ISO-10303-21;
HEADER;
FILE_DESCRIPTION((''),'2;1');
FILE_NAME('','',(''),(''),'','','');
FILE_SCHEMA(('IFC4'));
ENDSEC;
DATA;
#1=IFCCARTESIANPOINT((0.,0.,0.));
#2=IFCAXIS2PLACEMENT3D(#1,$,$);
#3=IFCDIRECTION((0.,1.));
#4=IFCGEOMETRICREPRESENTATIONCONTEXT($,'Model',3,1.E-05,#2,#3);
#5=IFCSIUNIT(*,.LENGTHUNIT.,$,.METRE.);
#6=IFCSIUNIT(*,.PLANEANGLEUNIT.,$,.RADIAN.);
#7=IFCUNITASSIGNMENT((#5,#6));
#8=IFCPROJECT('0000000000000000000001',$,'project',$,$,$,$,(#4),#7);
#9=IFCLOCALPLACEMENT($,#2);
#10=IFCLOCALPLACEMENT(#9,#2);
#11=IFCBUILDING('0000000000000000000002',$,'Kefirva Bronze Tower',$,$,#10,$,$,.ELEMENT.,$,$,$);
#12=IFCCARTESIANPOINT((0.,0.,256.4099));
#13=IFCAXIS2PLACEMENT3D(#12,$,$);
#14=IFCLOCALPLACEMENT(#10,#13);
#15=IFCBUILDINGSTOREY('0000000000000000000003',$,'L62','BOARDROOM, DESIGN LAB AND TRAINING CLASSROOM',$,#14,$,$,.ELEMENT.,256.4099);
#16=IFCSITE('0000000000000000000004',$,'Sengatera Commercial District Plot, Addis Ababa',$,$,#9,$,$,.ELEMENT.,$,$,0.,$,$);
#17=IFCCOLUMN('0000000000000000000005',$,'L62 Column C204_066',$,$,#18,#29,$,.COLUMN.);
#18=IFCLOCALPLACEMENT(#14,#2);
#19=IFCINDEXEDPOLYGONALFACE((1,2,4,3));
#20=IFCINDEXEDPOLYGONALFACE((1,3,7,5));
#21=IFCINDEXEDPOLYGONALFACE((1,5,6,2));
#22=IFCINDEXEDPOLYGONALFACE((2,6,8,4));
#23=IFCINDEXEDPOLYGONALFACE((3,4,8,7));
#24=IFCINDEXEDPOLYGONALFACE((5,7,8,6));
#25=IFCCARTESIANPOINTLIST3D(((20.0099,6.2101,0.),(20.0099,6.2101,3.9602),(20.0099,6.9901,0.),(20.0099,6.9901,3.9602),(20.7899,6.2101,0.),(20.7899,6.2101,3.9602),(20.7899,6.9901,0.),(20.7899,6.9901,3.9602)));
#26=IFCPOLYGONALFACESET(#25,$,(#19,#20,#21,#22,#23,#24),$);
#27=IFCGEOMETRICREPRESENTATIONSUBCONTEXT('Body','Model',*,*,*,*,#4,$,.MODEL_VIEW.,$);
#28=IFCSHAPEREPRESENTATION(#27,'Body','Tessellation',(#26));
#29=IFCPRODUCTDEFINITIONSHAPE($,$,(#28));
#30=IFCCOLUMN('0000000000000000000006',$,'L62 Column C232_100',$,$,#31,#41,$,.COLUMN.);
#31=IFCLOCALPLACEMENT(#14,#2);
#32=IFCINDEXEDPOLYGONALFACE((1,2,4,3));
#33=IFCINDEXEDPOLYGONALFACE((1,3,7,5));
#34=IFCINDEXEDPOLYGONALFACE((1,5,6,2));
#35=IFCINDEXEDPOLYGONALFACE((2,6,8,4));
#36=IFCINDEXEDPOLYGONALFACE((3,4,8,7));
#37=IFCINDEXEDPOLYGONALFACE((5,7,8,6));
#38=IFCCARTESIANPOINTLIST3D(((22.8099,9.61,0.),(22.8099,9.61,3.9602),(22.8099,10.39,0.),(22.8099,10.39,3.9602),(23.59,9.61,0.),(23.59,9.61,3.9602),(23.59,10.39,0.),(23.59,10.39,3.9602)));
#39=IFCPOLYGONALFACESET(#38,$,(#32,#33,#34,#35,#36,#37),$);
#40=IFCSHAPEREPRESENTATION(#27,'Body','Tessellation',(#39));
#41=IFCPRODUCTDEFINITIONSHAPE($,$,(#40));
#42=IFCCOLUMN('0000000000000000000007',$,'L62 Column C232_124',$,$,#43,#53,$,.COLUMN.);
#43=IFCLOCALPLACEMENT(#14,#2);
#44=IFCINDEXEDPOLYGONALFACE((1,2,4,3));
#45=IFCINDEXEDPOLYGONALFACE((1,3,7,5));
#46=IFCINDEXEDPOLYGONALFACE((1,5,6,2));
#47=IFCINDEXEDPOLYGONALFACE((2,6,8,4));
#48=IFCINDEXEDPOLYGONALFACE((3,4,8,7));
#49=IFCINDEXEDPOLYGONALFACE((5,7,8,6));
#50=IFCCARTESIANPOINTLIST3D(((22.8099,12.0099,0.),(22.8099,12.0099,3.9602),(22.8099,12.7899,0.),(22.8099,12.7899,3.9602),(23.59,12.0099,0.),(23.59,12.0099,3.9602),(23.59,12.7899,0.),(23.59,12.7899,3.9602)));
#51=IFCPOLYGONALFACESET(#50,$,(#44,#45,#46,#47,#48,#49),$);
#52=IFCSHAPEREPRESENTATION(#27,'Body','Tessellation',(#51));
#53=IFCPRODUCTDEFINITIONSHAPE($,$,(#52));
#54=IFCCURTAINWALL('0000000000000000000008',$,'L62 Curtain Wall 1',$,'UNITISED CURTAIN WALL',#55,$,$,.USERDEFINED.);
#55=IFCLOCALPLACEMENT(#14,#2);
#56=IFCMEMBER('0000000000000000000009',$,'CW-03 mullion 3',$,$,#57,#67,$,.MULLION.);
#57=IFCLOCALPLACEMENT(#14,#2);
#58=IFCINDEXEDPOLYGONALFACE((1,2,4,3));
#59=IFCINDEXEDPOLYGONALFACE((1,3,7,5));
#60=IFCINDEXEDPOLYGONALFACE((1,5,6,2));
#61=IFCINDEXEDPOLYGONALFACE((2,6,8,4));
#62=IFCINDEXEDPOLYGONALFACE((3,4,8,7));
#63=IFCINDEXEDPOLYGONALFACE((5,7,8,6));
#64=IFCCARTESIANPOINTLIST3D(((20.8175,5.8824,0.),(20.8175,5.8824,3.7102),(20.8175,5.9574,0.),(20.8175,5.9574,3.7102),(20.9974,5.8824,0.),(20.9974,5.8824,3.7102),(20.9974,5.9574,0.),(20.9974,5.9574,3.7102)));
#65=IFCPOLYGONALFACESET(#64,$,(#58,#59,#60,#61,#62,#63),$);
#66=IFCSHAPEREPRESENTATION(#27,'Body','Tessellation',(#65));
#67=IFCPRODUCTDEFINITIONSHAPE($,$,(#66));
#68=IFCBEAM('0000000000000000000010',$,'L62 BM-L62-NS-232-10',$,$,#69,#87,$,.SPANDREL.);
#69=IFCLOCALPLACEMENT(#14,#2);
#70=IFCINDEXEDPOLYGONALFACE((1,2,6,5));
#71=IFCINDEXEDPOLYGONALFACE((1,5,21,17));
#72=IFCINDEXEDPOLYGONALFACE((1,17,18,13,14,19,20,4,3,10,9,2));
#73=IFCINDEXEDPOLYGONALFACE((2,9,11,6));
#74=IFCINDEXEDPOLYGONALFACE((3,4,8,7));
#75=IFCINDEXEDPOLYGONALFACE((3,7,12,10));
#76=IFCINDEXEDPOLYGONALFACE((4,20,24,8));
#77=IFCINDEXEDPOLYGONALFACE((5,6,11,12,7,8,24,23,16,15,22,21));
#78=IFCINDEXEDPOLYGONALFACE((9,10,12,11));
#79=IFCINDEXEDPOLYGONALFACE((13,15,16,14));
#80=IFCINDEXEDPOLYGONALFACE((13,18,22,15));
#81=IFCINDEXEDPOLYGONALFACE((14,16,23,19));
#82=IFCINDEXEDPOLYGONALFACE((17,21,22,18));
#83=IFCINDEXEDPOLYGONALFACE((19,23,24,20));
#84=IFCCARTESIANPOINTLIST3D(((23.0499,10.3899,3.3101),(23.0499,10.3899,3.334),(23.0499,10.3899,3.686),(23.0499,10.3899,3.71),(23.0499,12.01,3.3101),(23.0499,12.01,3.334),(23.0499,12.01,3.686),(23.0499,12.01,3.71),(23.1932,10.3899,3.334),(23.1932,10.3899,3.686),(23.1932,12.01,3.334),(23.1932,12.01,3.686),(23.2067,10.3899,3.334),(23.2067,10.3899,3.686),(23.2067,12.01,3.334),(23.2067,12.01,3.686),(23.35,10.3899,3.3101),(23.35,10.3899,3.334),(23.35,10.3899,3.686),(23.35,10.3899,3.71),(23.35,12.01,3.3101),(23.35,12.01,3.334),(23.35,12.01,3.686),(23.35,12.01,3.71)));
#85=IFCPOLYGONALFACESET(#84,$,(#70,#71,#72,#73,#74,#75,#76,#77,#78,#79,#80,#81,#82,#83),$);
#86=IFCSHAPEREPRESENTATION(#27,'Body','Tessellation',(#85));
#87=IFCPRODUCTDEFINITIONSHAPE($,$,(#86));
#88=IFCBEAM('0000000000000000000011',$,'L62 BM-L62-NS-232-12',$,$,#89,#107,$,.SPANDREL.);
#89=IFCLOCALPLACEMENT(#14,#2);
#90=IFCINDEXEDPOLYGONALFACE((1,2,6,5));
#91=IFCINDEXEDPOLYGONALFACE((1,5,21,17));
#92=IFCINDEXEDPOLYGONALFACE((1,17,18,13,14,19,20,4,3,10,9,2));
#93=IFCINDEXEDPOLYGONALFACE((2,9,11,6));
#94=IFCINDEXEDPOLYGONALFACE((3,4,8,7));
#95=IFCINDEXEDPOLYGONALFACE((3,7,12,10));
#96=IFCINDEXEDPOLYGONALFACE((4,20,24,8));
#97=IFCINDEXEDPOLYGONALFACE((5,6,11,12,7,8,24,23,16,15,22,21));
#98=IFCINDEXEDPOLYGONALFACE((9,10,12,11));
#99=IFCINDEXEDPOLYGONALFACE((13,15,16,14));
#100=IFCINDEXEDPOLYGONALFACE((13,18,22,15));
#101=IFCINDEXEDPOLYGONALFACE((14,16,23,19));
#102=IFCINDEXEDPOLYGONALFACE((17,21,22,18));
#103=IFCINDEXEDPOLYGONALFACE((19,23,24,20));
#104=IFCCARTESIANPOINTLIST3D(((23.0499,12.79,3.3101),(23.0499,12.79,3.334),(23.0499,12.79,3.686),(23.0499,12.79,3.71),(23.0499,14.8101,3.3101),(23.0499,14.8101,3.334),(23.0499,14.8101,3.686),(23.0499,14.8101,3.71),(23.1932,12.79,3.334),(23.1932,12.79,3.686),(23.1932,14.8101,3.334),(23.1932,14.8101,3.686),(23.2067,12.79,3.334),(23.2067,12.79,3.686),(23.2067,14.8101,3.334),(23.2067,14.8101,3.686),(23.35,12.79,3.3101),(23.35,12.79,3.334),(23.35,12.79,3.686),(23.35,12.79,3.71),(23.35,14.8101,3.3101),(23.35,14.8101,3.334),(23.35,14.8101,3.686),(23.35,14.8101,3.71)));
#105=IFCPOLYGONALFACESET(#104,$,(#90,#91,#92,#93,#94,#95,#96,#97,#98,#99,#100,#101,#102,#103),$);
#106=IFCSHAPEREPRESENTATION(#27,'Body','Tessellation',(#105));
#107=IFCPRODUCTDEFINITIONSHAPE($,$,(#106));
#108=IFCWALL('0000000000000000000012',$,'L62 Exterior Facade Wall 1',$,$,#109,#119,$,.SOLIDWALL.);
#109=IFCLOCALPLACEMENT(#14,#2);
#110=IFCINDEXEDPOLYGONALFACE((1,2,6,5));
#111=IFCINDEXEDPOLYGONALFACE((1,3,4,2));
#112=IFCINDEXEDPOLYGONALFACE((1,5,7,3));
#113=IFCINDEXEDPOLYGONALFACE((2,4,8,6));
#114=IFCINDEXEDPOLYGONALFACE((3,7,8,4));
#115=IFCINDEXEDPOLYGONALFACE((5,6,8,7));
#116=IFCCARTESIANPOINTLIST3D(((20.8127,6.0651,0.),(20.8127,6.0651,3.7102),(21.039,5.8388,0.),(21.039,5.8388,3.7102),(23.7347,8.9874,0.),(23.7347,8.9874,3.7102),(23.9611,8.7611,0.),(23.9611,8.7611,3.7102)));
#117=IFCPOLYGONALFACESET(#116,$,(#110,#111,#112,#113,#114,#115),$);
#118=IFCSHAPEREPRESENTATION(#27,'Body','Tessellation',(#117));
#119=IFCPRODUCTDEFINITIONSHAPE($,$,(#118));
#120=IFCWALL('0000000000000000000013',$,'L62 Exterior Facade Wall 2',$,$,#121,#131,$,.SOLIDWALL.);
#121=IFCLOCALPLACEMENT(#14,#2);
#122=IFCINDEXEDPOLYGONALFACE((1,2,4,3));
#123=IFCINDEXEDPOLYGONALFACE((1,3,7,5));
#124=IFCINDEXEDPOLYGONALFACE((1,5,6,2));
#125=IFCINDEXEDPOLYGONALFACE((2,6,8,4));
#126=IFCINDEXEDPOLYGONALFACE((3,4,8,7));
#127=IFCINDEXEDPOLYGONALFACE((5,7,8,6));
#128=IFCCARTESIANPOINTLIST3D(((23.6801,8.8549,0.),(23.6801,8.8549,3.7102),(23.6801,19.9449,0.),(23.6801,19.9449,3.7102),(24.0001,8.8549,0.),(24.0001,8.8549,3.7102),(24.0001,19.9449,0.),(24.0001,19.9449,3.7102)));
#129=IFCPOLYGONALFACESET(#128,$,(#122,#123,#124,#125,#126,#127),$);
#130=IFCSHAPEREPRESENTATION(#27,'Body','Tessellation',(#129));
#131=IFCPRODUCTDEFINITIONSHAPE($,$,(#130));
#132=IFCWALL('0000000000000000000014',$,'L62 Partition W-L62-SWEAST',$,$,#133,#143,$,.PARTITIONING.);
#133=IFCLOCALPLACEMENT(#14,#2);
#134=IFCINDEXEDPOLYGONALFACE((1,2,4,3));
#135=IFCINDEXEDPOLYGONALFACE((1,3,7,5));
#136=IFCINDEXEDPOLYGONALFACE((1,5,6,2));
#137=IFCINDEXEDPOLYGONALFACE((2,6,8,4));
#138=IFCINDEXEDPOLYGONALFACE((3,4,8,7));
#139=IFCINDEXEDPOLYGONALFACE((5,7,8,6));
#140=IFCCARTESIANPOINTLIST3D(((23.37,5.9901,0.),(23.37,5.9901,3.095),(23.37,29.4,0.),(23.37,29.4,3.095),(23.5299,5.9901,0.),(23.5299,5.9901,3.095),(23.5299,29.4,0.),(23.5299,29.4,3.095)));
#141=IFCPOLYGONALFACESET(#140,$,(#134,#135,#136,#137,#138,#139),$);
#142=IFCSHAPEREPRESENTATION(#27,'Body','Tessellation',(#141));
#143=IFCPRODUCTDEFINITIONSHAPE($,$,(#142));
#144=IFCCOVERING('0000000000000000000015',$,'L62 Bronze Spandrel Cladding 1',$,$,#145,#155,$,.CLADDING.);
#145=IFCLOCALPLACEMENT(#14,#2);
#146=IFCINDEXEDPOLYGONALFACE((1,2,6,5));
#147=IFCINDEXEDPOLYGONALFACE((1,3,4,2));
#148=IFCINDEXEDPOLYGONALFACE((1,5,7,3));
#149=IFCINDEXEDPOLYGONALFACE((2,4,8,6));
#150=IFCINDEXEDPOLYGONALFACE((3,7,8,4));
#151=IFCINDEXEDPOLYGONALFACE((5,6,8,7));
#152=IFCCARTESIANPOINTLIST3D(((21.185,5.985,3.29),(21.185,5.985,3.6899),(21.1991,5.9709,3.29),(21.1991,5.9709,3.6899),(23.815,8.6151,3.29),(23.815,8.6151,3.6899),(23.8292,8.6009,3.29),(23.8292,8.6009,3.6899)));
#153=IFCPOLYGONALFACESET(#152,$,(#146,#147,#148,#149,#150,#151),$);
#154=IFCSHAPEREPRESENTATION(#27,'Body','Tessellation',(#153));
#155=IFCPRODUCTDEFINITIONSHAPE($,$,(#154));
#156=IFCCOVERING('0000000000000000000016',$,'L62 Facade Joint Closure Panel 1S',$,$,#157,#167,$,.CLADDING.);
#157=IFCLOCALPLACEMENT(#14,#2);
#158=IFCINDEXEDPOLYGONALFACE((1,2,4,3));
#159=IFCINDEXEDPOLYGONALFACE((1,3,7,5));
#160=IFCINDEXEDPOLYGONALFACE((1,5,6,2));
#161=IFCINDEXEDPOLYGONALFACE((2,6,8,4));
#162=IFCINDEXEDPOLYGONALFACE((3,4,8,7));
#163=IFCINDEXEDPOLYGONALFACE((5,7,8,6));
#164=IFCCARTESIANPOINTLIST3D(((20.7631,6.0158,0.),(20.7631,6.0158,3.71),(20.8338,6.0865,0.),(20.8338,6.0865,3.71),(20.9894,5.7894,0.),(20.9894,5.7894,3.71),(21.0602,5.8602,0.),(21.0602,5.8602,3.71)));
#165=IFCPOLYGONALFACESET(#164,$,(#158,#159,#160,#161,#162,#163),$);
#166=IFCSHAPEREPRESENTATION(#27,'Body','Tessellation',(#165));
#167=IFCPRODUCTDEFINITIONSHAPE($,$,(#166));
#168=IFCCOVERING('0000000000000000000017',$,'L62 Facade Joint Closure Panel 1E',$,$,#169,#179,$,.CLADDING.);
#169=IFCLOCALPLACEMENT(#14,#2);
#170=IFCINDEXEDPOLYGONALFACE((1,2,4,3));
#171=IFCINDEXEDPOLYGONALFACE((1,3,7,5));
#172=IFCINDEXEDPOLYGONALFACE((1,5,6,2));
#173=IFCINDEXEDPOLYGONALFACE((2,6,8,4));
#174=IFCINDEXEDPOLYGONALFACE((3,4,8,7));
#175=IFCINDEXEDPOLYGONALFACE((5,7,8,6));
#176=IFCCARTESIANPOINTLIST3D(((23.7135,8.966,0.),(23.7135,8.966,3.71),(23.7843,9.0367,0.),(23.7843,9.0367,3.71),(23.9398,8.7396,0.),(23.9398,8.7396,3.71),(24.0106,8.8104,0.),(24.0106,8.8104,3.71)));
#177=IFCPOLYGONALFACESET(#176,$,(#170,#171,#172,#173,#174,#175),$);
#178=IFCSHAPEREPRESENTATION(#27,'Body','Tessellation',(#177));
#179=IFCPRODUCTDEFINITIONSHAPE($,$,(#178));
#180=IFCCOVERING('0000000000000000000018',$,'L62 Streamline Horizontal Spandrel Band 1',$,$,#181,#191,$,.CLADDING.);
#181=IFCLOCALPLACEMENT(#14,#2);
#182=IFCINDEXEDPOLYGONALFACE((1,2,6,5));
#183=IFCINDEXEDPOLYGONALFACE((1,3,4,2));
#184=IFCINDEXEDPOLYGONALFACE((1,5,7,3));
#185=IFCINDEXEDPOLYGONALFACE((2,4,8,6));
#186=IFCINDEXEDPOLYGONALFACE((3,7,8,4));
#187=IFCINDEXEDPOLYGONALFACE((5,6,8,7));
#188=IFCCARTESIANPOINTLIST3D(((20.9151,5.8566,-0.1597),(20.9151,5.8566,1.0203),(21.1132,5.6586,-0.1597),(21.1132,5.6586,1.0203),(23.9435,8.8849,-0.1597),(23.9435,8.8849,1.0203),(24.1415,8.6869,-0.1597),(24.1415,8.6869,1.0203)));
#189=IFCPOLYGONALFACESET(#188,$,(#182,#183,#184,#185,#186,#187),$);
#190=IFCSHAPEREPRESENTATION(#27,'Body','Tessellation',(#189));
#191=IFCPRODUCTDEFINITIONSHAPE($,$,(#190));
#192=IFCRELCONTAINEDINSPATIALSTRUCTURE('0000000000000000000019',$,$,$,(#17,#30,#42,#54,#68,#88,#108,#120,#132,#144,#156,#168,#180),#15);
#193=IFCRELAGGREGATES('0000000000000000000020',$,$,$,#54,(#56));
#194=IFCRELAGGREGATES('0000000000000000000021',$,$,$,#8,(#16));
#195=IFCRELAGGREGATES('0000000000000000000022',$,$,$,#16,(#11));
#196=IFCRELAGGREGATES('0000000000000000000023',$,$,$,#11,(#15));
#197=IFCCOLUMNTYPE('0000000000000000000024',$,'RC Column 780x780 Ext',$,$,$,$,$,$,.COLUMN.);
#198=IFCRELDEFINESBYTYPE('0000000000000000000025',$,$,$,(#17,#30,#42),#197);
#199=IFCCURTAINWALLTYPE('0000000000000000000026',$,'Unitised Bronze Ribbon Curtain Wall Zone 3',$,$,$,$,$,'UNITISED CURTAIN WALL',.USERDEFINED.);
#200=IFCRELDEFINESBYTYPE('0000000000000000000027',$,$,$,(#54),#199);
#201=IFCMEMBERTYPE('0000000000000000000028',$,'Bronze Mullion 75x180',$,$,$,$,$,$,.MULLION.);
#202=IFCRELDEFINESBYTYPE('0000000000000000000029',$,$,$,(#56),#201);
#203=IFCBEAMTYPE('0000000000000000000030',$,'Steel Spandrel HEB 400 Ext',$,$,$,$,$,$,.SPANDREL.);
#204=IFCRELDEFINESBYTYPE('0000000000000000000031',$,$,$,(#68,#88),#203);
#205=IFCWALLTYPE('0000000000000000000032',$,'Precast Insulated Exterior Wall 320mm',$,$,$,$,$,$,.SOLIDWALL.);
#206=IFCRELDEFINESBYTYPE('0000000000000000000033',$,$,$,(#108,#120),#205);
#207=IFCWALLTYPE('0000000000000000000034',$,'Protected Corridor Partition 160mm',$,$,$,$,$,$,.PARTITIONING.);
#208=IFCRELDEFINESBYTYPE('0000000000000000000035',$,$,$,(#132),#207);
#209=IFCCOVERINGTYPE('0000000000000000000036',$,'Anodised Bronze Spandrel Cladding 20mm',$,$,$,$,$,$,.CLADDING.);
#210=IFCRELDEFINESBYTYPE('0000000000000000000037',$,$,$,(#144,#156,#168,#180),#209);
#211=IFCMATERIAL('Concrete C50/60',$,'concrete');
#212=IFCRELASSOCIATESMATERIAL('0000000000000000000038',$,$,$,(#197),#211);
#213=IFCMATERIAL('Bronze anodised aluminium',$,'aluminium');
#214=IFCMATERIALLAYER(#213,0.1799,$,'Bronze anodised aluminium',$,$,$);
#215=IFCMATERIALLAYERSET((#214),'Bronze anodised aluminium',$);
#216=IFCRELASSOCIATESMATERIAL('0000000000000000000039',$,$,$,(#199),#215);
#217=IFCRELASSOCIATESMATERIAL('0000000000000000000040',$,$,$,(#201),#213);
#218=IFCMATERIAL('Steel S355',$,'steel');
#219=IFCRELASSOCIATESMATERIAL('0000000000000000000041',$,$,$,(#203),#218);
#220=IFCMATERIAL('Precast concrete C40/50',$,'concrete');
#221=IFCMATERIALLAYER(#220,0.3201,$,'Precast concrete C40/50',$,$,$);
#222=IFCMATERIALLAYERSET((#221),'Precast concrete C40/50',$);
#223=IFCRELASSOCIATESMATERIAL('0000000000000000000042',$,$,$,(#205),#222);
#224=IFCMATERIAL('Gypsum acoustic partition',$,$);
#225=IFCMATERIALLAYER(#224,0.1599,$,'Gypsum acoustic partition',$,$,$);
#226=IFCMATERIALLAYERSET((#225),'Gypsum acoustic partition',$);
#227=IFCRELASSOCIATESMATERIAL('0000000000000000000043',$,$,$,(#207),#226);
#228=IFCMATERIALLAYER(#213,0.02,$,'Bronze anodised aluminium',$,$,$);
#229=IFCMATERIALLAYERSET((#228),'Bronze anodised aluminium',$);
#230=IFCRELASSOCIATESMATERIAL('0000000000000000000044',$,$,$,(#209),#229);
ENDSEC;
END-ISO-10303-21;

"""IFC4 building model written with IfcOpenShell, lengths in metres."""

from ifc_helpers import new_model, si_unit, direction, frame, frame_2d, origin, origin_2d, place, context, subcontext, project, spatial, rectangle, i_section, extrude, material, layer, layer_set, material_profile, profile_set, type_object, element, aggregate, save


model = new_model("IFC4")

# Units and contexts
model_context = context("Model", 3, precision=1e-05, world=origin(), true_north=direction((0.0, 1.0)))
body_context = subcontext(model_context, "Body", "Model", "MODEL_VIEW")
ifc_project = project(units=[si_unit("LENGTHUNIT", "METRE"), si_unit("PLANEANGLEUNIT", "RADIAN")], contexts=[model_context])

# Site, building, storey
site_placement = place(None, origin())
site = spatial("IfcSite", under=ifc_project, at=site_placement, Name="Sengatera Commercial District Plot, Addis Ababa", CompositionType="ELEMENT", RefElevation=0.0)
building_placement = place(site_placement, origin())
building = spatial("IfcBuilding", under=site, at=building_placement, Name="Kefirva Bronze Tower", CompositionType="ELEMENT")
storey_placement = place(building_placement, frame((0.0, 0.0, 256.4099)))
storey = spatial("IfcBuildingStorey", under=building, at=storey_placement, Name="L62", Description="BOARDROOM, DESIGN LAB AND TRAINING CLASSROOM", CompositionType="ELEMENT", Elevation=256.4099)

# Columns
ifc_material_1 = material(Name="Concrete C50/60", Category="concrete")
ifc_material_profile_1 = material_profile(ifc_material_1, rectangle(XDim=0.78, YDim=0.78, at=origin_2d()), Name="RC 780x780")
ifc_profile_set_1 = profile_set([ifc_material_profile_1], Name="Concrete C50/60")
column_type = type_object("IfcColumnType", Name="RC Column 780x780 Ext", PredefinedType="COLUMN", material=ifc_profile_set_1)
for number, where, z_axis, x_axis, name in (
    (1, (20.3999, 6.6001, 0.0), (0.0, 0.0, 1.0), (1.0, 0.0, 0.0), "L62 Column C204_066"),
    (2, (23.2, 10.0, 0.0), (0.0, 0.0, 1.0), (1.0, 0.0, 0.0), "L62 Column C232_100"),
    (3, (23.2, 12.3999, 0.0), (0.0, 0.0, 1.0), (1.0, 0.0, 0.0), "L62 Column C232_124"),
):
    element("IfcColumn", number, at=place(storey_placement, frame(where, z_axis=z_axis, x_axis=x_axis)), inside=storey, type_object=column_type, Name=name, PredefinedType="COLUMN", context=body_context, shape_type="SweptSolid", body=[
        extrude(rectangle(XDim=0.78, YDim=0.78, at=origin_2d()), origin(), (0.0, 0.0, 1.0), 3.9602),
    ])

# Curtain wall, member
ifc_material_2 = material(Name="Bronze anodised aluminium", Category="aluminium")
ifc_layer_1 = layer(ifc_material_2, 0.1799, Name="Bronze anodised aluminium")
ifc_layer_set_1 = layer_set([ifc_layer_1], Name="Bronze anodised aluminium")
curtain_wall_type = type_object("IfcCurtainWallType", Name="Unitised Bronze Ribbon Curtain Wall Zone 3", ElementType="UNITISED CURTAIN WALL", PredefinedType="USERDEFINED", material=ifc_layer_set_1)
curtain_wall_placement = place(storey_placement, origin())
curtain_wall = element("IfcCurtainWall", 4, at=curtain_wall_placement, inside=storey, type_object=curtain_wall_type, Name="L62 Curtain Wall 1", ObjectType="UNITISED CURTAIN WALL", PredefinedType="USERDEFINED")
ifc_material_profile_2 = material_profile(ifc_material_2, rectangle(XDim=0.075, YDim=0.1799, at=origin_2d()), Name="ALU 75x180")
ifc_profile_set_2 = profile_set([ifc_material_profile_2], Name="Bronze anodised aluminium")
member_type = type_object("IfcMemberType", Name="Bronze Mullion 75x180", PredefinedType="MULLION", material=ifc_profile_set_2)
member_placement = place(storey_placement, frame((20.9075, 5.9199, 0.0), z_axis=(0.0, 0.0, 1.0), x_axis=(0.0, 1.0, 0.0)))
member = element("IfcMember", 5, at=member_placement, type_object=member_type, Name="CW-03 mullion 3", PredefinedType="MULLION", context=body_context, shape_type="SweptSolid", body=[
    extrude(rectangle(XDim=0.075, YDim=0.1799, at=origin_2d()), origin(), (0.0, 0.0, 1.0), 3.7102),
])
aggregate(curtain_wall, [member])

# Beams
ifc_material_3 = material(Name="Steel S355", Category="steel")
ifc_material_profile_3 = material_profile(ifc_material_3, i_section(OverallWidth=0.3, OverallDepth=0.3999, WebThickness=0.0134, FlangeThickness=0.0239, at=origin_2d()), Name="HEB 400")
ifc_profile_set_3 = profile_set([ifc_material_profile_3], Name="Steel S355")
beam_type = type_object("IfcBeamType", Name="Steel Spandrel HEB 400 Ext", PredefinedType="SPANDREL", material=ifc_profile_set_3)
beam_1_placement = place(storey_placement, frame((23.2, 10.3899, 3.51), z_axis=(0.0, 1.0, 0.0), x_axis=(-1.0, 0.0, 0.0)))
element("IfcBeam", 6, at=beam_1_placement, inside=storey, type_object=beam_type, Name="L62 BM-L62-NS-232-10", PredefinedType="SPANDREL", context=body_context, shape_type="SweptSolid", body=[
    extrude(i_section(OverallWidth=0.3, OverallDepth=0.3999, WebThickness=0.0134, FlangeThickness=0.0239, at=origin_2d()), origin(), (0.0, 0.0, 1.0), 1.6201),
])
beam_2_placement = place(storey_placement, frame((23.2, 12.79, 3.51), z_axis=(0.0, 1.0, 0.0), x_axis=(-1.0, 0.0, 0.0)))
element("IfcBeam", 7, at=beam_2_placement, inside=storey, type_object=beam_type, Name="L62 BM-L62-NS-232-12", PredefinedType="SPANDREL", context=body_context, shape_type="SweptSolid", body=[
    extrude(i_section(OverallWidth=0.3, OverallDepth=0.3999, WebThickness=0.0134, FlangeThickness=0.0239, at=origin_2d()), origin(), (0.0, 0.0, 1.0), 2.02),
])

# Walls
ifc_material_4 = material(Name="Precast concrete C40/50", Category="concrete")
ifc_layer_2 = layer(ifc_material_4, 0.3201, Name="Precast concrete C40/50")
ifc_layer_set_2 = layer_set([ifc_layer_2], Name="Precast concrete C40/50")
wall_type_1 = type_object("IfcWallType", Name="Precast Insulated Exterior Wall 320mm", PredefinedType="SOLIDWALL", material=ifc_layer_set_2)
wall_1_placement = place(storey_placement, frame((20.9258, 5.9519, 0.0), z_axis=(0.0, 0.0, 1.0), x_axis=(0.707077, 0.707136, 0.0)))
element("IfcWall", 8, at=wall_1_placement, inside=storey, type_object=wall_type_1, Name="L62 Exterior Facade Wall 1", PredefinedType="SOLIDWALL", context=body_context, shape_type="SweptSolid", body=[
    extrude(rectangle(XDim=4.1326, YDim=0.3201, at=frame_2d((2.0664, 0.0))), origin(), (0.0, 0.0, 1.0), 3.7102),
])
wall_2_placement = place(storey_placement, frame((23.8401, 8.855, 0.0), z_axis=(0.0, 0.0, 1.0), x_axis=(0.0, 1.0, 0.0)))
element("IfcWall", 9, at=wall_2_placement, inside=storey, type_object=wall_type_1, Name="L62 Exterior Facade Wall 2", PredefinedType="SOLIDWALL", context=body_context, shape_type="SweptSolid", body=[
    extrude(rectangle(XDim=11.0901, YDim=0.3201, at=frame_2d((5.5449, 0.0))), origin(), (0.0, 0.0, 1.0), 3.7102),
])
ifc_material_5 = material(Name="Gypsum acoustic partition")
ifc_layer_3 = layer(ifc_material_5, 0.1599, Name="Gypsum acoustic partition")
ifc_layer_set_3 = layer_set([ifc_layer_3], Name="Gypsum acoustic partition")
wall_type_2 = type_object("IfcWallType", Name="Protected Corridor Partition 160mm", PredefinedType="PARTITIONING", material=ifc_layer_set_3)
wall_3_placement = place(storey_placement, frame((23.45, 5.99, 0.0), z_axis=(0.0, 0.0, 1.0), x_axis=(0.0, 1.0, 0.0)))
element("IfcWall", 10, at=wall_3_placement, inside=storey, type_object=wall_type_2, Name="L62 Partition W-L62-SWEAST", PredefinedType="PARTITIONING", context=body_context, shape_type="SweptSolid", body=[
    extrude(rectangle(XDim=23.4099, YDim=0.1599, at=frame_2d((11.7051, 0.0))), origin(), (0.0, 0.0, 1.0), 3.095),
])

# Coverings
ifc_layer_4 = layer(ifc_material_2, 0.02, Name="Bronze anodised aluminium")
ifc_layer_set_4 = layer_set([ifc_layer_4], Name="Bronze anodised aluminium")
covering_type_1 = type_object("IfcCoveringType", Name="Anodised Bronze Spandrel Cladding 20mm", PredefinedType="CLADDING", material=ifc_layer_set_4)
covering_1_placement = place(storey_placement, frame((22.5071, 7.293, 3.29), z_axis=(0.0, 0.0, 1.0), x_axis=(0.707107, 0.707107, 0.0)))
element("IfcCovering", 11, at=covering_1_placement, inside=storey, type_object=covering_type_1, Name="L62 Bronze Spandrel Cladding 1", PredefinedType="CLADDING", context=body_context, shape_type="SweptSolid", body=[
    extrude(rectangle(XDim=3.7195, YDim=0.02, at=origin_2d()), origin(), (0.0, 0.0, 1.0), 0.3999),
])
for number, where, z_axis, x_axis, name in (
    (12, (20.9116, 5.938, 0.0), (0.0, 0.0, 1.0), (0.707107, 0.707107, 0.0), "L62 Facade Joint Closure Panel 1S"),
    (13, (23.8621, 8.8882, 0.0), (0.0, 0.0, 1.0), (0.707107, 0.707107, 0.0), "L62 Facade Joint Closure Panel 1E"),
):
    element("IfcCovering", number, at=place(storey_placement, frame(where, z_axis=z_axis, x_axis=x_axis)), inside=storey, type_object=covering_type_1, Name=name, PredefinedType="CLADDING", context=body_context, shape_type="SweptSolid", body=[
        extrude(rectangle(XDim=0.1001, YDim=0.3201, at=origin_2d()), origin(), (0.0, 0.0, 1.0), 3.71),
    ])
covering_2_placement = place(storey_placement, frame((22.5283, 7.2717, -0.1597), z_axis=(0.0, 0.0, 1.0), x_axis=(0.707107, 0.707107, 0.0)))
element("IfcCovering", 14, at=covering_2_placement, inside=storey, type_object=covering_type_1, Name="L62 Streamline Horizontal Spandrel Band 1", PredefinedType="CLADDING", context=body_context, shape_type="SweptSolid", body=[
    extrude(rectangle(XDim=4.2827, YDim=0.28, at=origin_2d()), origin(), (0.0, 0.0, 1.0), 1.1799),
])

save(model, "model.ifc")
